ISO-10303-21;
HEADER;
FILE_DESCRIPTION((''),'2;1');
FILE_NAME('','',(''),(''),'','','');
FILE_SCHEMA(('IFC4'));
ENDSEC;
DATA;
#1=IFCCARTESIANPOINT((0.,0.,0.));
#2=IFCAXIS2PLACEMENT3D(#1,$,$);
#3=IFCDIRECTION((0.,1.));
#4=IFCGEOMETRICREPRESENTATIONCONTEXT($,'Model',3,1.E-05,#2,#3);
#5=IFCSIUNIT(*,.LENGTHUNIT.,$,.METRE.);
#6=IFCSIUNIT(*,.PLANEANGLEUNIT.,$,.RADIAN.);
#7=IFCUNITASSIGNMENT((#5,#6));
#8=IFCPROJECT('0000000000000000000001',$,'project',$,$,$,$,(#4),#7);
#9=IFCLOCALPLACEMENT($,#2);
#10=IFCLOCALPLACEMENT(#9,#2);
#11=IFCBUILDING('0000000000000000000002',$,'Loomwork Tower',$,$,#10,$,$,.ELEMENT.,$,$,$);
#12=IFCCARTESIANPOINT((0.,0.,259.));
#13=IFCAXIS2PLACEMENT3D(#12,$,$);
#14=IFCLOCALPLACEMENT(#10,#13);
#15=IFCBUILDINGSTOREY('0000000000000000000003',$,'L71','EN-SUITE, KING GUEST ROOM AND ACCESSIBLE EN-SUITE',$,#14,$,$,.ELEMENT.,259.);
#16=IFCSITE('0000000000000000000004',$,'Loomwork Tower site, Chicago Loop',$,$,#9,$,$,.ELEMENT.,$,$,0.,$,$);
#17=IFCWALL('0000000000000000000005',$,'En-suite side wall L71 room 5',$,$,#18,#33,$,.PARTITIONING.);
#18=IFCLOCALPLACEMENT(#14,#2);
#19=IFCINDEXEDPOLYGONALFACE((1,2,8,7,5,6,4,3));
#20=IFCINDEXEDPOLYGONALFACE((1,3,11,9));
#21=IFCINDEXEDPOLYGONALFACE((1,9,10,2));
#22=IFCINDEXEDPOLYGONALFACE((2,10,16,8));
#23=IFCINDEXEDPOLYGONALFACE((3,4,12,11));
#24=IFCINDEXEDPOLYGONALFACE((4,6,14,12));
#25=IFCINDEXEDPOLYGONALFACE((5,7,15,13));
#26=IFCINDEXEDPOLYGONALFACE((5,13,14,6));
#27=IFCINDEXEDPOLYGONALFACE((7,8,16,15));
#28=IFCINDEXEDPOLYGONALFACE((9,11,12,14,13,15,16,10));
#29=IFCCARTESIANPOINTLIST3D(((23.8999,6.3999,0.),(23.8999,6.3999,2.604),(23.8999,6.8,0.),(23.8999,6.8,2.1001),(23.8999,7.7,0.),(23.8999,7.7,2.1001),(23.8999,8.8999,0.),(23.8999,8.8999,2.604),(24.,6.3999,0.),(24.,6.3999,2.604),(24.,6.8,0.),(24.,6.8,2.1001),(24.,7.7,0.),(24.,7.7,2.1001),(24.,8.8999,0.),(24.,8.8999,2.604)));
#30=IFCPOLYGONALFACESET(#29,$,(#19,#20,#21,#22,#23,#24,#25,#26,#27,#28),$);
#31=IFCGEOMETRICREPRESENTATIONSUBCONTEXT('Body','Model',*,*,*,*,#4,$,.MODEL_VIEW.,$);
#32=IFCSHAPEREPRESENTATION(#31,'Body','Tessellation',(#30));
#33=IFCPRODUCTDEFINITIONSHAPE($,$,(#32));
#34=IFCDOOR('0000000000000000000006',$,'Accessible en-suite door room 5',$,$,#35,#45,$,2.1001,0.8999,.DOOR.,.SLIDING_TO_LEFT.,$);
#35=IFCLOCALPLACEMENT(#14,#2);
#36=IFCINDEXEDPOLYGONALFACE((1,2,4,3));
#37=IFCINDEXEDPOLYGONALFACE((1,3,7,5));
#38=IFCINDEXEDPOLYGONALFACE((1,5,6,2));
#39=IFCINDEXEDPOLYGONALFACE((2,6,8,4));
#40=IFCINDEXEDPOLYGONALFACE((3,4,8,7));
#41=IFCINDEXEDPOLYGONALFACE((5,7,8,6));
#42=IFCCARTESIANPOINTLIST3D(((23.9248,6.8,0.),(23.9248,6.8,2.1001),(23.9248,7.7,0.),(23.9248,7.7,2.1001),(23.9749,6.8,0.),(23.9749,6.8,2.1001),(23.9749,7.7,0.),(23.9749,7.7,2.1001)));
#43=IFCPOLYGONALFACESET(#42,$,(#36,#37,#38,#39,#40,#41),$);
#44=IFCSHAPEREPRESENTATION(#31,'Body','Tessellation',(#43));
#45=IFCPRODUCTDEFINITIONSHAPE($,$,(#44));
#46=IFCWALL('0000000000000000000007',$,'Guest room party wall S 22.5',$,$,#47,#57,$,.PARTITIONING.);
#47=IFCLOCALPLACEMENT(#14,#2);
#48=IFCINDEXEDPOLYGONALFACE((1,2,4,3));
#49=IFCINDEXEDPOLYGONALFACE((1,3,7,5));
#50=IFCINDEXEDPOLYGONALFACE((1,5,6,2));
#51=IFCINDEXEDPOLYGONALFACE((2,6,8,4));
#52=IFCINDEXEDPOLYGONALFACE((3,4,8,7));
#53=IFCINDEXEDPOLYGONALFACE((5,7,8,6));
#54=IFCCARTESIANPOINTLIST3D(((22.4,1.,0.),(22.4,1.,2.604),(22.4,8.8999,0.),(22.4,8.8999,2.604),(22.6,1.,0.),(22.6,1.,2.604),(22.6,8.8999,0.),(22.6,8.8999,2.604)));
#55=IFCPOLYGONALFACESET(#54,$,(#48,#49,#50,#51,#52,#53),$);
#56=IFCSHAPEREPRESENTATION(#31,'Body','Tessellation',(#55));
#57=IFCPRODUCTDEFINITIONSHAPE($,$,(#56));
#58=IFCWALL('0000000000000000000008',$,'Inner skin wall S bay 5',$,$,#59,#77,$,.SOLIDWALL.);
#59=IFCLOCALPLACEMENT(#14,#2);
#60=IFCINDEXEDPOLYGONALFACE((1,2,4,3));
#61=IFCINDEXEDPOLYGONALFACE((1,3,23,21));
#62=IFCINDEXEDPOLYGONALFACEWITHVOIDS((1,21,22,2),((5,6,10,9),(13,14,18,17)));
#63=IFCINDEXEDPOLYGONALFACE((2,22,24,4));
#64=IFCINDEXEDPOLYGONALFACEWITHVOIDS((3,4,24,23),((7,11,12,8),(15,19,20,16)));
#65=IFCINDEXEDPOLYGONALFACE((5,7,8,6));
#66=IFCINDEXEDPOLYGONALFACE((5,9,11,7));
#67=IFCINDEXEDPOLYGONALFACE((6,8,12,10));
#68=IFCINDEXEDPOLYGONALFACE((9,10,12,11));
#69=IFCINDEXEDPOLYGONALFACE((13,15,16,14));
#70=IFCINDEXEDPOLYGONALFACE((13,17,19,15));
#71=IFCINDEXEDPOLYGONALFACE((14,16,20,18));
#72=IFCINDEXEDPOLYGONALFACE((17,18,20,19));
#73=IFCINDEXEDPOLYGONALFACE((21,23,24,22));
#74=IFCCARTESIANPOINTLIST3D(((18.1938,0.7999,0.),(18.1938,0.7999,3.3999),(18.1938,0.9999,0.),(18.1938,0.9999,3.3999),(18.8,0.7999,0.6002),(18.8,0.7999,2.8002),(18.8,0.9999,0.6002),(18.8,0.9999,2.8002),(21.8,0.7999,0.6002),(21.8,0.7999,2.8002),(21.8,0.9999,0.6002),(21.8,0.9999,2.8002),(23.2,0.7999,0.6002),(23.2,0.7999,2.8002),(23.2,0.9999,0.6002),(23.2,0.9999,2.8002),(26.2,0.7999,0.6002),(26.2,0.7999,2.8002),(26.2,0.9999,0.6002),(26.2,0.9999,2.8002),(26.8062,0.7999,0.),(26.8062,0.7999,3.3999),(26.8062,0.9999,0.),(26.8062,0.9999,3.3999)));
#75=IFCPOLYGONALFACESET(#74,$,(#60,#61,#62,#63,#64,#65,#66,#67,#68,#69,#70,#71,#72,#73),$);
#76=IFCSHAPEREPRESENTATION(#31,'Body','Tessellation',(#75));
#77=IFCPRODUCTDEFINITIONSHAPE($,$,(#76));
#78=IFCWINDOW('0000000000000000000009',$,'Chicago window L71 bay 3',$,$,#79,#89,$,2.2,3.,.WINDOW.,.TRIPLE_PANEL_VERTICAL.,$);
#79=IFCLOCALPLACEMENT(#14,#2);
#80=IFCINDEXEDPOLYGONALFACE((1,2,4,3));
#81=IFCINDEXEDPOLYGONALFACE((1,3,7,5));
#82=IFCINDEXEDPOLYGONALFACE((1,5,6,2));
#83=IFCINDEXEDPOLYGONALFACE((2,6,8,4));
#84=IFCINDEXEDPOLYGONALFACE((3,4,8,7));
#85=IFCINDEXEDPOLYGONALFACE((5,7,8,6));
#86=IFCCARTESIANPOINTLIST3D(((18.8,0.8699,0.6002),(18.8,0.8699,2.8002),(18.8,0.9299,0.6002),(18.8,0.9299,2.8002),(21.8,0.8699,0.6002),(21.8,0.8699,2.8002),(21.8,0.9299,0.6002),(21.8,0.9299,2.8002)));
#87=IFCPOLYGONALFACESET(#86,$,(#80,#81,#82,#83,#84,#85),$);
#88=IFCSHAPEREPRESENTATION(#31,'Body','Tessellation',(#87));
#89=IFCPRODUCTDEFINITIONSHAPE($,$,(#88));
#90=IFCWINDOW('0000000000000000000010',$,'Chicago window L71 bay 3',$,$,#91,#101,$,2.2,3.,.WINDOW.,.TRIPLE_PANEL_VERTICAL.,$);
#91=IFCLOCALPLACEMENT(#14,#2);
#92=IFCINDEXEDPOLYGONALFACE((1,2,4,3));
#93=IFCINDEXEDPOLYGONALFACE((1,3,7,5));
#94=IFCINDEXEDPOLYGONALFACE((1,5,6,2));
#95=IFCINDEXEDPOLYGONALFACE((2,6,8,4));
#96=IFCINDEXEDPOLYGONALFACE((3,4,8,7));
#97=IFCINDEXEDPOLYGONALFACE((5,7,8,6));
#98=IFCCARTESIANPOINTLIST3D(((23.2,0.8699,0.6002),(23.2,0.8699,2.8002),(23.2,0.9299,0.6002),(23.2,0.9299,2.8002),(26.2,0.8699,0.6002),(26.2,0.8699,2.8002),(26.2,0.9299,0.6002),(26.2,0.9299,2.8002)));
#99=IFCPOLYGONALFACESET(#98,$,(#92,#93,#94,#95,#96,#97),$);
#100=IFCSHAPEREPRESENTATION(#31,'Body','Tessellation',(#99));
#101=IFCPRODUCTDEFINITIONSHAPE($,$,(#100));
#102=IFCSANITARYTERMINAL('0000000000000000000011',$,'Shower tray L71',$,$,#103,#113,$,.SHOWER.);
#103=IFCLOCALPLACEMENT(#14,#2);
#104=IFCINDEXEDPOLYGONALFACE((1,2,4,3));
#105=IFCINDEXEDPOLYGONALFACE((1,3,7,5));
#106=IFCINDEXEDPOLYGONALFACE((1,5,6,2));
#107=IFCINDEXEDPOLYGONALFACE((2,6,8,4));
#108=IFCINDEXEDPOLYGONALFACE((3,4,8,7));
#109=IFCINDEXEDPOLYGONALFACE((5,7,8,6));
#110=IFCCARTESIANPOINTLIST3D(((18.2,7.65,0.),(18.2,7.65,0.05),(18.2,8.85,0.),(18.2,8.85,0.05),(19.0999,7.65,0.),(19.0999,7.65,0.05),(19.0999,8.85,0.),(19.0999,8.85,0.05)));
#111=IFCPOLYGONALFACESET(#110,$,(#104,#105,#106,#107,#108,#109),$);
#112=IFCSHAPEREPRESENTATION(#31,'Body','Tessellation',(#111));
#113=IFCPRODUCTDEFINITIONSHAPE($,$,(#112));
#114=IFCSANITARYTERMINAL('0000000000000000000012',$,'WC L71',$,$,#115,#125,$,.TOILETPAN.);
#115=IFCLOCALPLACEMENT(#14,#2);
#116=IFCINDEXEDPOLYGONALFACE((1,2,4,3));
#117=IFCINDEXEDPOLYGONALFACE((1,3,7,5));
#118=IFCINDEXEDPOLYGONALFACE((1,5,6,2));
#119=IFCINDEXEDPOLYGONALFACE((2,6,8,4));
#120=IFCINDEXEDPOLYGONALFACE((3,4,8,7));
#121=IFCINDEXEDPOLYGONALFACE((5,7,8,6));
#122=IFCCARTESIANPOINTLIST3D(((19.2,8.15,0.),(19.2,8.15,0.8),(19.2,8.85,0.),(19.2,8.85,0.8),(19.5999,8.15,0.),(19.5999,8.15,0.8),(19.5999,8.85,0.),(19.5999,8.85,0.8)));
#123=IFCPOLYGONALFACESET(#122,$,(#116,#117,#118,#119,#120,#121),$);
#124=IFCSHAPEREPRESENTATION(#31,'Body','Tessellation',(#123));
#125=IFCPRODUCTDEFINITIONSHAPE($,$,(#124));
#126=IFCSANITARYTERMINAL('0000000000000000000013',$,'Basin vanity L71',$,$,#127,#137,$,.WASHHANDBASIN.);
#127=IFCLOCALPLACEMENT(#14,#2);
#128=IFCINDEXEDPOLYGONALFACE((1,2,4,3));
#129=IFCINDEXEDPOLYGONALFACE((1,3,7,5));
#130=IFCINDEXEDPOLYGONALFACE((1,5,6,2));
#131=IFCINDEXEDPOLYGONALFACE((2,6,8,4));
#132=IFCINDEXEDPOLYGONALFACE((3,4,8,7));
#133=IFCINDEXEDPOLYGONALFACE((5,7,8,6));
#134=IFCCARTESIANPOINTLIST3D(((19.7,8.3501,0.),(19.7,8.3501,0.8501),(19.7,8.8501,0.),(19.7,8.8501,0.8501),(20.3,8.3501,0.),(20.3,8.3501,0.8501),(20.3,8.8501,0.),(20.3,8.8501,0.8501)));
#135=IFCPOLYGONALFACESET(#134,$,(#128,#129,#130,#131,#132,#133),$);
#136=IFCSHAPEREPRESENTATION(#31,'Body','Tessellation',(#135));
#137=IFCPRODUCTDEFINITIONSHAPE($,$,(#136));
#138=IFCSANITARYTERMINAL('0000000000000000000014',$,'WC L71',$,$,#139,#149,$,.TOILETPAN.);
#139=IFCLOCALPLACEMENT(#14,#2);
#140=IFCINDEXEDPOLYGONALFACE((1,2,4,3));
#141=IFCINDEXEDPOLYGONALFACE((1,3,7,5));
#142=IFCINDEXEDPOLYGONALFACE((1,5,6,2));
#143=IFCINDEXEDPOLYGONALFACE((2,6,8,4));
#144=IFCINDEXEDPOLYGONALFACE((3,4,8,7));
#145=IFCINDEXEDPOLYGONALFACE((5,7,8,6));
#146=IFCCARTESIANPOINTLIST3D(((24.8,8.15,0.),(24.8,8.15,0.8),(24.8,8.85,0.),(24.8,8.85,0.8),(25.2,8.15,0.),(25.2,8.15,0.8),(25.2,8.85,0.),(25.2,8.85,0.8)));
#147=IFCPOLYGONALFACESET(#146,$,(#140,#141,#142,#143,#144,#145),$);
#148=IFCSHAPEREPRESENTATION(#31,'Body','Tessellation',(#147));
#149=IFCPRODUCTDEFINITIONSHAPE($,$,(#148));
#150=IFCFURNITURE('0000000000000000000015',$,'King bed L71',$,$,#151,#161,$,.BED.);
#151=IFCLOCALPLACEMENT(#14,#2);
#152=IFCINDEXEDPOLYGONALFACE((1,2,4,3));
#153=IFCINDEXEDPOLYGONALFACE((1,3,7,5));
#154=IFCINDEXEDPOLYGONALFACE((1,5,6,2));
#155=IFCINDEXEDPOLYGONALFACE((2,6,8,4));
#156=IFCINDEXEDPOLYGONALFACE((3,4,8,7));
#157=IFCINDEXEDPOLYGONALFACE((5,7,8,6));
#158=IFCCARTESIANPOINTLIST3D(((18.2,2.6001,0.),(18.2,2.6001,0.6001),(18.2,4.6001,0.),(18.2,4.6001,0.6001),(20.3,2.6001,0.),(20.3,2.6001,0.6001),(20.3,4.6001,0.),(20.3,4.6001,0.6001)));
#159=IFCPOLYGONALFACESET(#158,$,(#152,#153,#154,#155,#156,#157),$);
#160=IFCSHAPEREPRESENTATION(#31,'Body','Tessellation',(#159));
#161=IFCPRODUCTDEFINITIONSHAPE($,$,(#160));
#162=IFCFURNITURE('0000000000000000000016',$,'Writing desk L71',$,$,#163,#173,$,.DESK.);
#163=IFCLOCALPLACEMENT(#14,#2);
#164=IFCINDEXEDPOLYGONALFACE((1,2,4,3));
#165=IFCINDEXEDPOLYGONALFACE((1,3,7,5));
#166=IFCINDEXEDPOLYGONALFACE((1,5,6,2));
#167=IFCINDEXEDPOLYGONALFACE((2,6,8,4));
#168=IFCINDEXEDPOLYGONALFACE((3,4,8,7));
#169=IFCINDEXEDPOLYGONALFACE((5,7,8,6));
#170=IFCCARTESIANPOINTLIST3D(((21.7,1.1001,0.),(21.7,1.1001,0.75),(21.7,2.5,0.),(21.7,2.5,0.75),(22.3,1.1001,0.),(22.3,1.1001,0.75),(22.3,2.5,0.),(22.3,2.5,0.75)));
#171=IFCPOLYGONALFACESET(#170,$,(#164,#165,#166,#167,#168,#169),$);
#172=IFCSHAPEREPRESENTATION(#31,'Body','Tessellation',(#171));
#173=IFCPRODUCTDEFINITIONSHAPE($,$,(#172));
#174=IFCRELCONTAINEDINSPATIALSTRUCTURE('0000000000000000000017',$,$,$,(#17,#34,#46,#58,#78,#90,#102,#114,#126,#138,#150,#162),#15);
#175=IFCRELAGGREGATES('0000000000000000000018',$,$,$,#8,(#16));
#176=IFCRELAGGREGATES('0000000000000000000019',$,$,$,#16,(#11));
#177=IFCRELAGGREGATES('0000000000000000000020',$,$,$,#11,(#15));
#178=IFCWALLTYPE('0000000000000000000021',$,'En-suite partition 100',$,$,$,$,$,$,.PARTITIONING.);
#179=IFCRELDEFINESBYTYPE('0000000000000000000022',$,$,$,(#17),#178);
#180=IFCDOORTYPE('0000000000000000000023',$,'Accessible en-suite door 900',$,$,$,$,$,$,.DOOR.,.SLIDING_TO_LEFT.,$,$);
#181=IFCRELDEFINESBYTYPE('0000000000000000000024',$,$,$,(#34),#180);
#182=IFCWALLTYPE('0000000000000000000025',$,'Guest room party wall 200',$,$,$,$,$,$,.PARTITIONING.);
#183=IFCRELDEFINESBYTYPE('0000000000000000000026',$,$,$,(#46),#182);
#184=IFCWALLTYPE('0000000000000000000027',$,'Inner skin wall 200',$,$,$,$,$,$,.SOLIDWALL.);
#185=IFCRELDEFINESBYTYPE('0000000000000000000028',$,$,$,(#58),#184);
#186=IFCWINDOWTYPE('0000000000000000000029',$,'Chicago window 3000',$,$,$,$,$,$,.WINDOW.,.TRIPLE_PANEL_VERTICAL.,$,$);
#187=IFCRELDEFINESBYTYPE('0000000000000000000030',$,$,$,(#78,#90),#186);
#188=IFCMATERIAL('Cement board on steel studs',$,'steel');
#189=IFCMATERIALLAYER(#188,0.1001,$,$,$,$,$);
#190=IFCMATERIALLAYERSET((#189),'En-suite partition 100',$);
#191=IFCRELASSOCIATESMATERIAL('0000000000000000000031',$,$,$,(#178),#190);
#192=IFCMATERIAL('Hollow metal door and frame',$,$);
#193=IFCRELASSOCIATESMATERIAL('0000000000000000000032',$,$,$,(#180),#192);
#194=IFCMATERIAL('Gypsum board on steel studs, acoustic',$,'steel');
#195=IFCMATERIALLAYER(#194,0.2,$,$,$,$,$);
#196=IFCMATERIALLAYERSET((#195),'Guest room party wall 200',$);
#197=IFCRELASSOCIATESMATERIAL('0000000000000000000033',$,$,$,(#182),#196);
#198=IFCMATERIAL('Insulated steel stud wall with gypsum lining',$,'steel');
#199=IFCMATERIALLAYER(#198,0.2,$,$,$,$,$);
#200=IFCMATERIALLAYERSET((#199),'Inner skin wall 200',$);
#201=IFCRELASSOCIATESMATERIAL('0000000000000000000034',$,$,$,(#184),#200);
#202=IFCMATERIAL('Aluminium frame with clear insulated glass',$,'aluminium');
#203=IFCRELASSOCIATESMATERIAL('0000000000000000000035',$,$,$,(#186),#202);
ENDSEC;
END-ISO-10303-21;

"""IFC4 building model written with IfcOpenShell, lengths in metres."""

from ifc_helpers import new_model, si_unit, direction, frame, frame_2d, origin, origin_2d, place, context, subcontext, project, spatial, rectangle, extrude, material, layer, layer_set, type_object, element, fill, save


model = new_model("IFC4")

# Units and contexts
model_context = context("Model", 3, precision=1e-05, world=origin(), true_north=direction((0.0, 1.0)))
body_context = subcontext(model_context, "Body", "Model", "MODEL_VIEW")
ifc_project = project(units=[si_unit("LENGTHUNIT", "METRE"), si_unit("PLANEANGLEUNIT", "RADIAN")], contexts=[model_context])

# Site, building, storey
site_placement = place(None, origin())
site = spatial("IfcSite", under=ifc_project, at=site_placement, Name="Loomwork Tower site, Chicago Loop", CompositionType="ELEMENT", RefElevation=0.0)
building_placement = place(site_placement, origin())
building = spatial("IfcBuilding", under=site, at=building_placement, Name="Loomwork Tower", CompositionType="ELEMENT")
storey_placement = place(building_placement, frame((0.0, 0.0, 259.0)))
storey = spatial("IfcBuildingStorey", under=building, at=storey_placement, Name="L71", Description="EN-SUITE, KING GUEST ROOM AND ACCESSIBLE EN-SUITE", CompositionType="ELEMENT", Elevation=259.0)

# Shared definitions
ifc_material_1 = material(Name="Cement board on steel studs", Category="steel")
ifc_layer_1 = layer(ifc_material_1, 0.1001)
ifc_layer_set_1 = layer_set([ifc_layer_1], Name="En-suite partition 100")
wall_type_1 = type_object("IfcWallType", Name="En-suite partition 100", PredefinedType="PARTITIONING", material=ifc_layer_set_1)

# Wall, opening, door
wall_1_placement = place(storey_placement, frame((23.95, 8.8999, 0.0), z_axis=(0.0, 0.0, 1.0), x_axis=(0.0, -1.0, 0.0)))
wall_1 = element("IfcWall", 1, at=wall_1_placement, inside=storey, type_object=wall_type_1, Name="En-suite side wall L71 room 5", PredefinedType="PARTITIONING", context=body_context, shape_type="SweptSolid", body=[
    extrude(rectangle(XDim=2.5, YDim=0.1001, at=frame_2d((1.25, 0.0))), origin(), (0.0, 0.0, 1.0), 2.604),
])
opening_1_placement = place(wall_1_placement, frame((1.2, 0.0, 0.0)))
opening_1 = element("IfcOpeningElement", 2, at=opening_1_placement, cuts=wall_1, PredefinedType="OPENING", context=body_context, shape_type="SweptSolid", body=[
    extrude(rectangle(XDim=0.8999, YDim=2.1001, at=frame_2d((0.45, 1.05))), frame((0.0, 0.0601, 0.0), z_axis=(0.0, -1.0, 0.0), x_axis=(1.0, 0.0, 0.0)), (0.0, 0.0, 1.0), 0.1201),
])
ifc_material_2 = material(Name="Hollow metal door and frame")
door_type_1 = type_object("IfcDoorType", Name="Accessible en-suite door 900", OperationType="SLIDING_TO_LEFT", PredefinedType="DOOR", material=ifc_material_2)
door_1_placement = place(opening_1_placement, origin())
door_1 = element("IfcDoor", 3, at=door_1_placement, inside=storey, type_object=door_type_1, Name="Accessible en-suite door room 5", OperationType="SLIDING_TO_LEFT", OverallHeight=2.1001, OverallWidth=0.8999, PredefinedType="DOOR", context=body_context, shape_type="SweptSolid", body=[
    extrude(rectangle(XDim=0.8999, YDim=2.1001, at=frame_2d((0.45, 1.05))), frame((0.0, 0.0249, 0.0), z_axis=(0.0, -1.0, 0.0), x_axis=(1.0, 0.0, 0.0)), (0.0, 0.0, 1.0), 0.05),
])
fill(opening_1, door_1)

# Wall
ifc_material_3 = material(Name="Gypsum board on steel studs, acoustic", Category="steel")
ifc_layer_2 = layer(ifc_material_3, 0.2)
ifc_layer_set_2 = layer_set([ifc_layer_2], Name="Guest room party wall 200")
wall_type_2 = type_object("IfcWallType", Name="Guest room party wall 200", PredefinedType="PARTITIONING", material=ifc_layer_set_2)
wall_2_placement = place(storey_placement, frame((22.5, 8.8999, 0.0), z_axis=(0.0, 0.0, 1.0), x_axis=(0.0, -1.0, 0.0)))
element("IfcWall", 4, at=wall_2_placement, inside=storey, type_object=wall_type_2, Name="Guest room party wall S 22.5", PredefinedType="PARTITIONING", context=body_context, shape_type="SweptSolid", body=[
    extrude(rectangle(XDim=7.8999, YDim=0.2, at=frame_2d((3.95, 0.0))), origin(), (0.0, 0.0, 1.0), 2.604),
])

# Wall, openings, windows
ifc_material_4 = material(Name="Insulated steel stud wall with gypsum lining", Category="steel")
ifc_layer_3 = layer(ifc_material_4, 0.2)
ifc_layer_set_3 = layer_set([ifc_layer_3], Name="Inner skin wall 200")
wall_type_3 = type_object("IfcWallType", Name="Inner skin wall 200", PredefinedType="SOLIDWALL", material=ifc_layer_set_3)
wall_3_placement = place(storey_placement, frame((18.1938, 0.8999, 0.0), z_axis=(0.0, 0.0, 1.0), x_axis=(1.0, 0.0, 0.0)))
wall_3 = element("IfcWall", 5, at=wall_3_placement, inside=storey, type_object=wall_type_3, Name="Inner skin wall S bay 5", PredefinedType="SOLIDWALL", context=body_context, shape_type="SweptSolid", body=[
    extrude(rectangle(XDim=8.6123, YDim=0.2, at=frame_2d((4.3062, 0.0))), origin(), (0.0, 0.0, 1.0), 3.3999),
])
opening_2_placement = place(wall_3_placement, frame((0.6062, 0.0, 0.6001)))
opening_2 = element("IfcOpeningElement", 6, at=opening_2_placement, cuts=wall_3, PredefinedType="OPENING", context=body_context, shape_type="SweptSolid", body=[
    extrude(rectangle(XDim=3.0, YDim=2.2, at=frame_2d((1.5, 1.1001))), frame((0.0, 0.1099, 0.0), z_axis=(0.0, -1.0, 0.0), x_axis=(1.0, 0.0, 0.0)), (0.0, 0.0, 1.0), 0.22),
])
opening_3_placement = place(wall_3_placement, frame((5.0061, 0.0, 0.6001)))
opening_3 = element("IfcOpeningElement", 7, at=opening_3_placement, cuts=wall_3, PredefinedType="OPENING", context=body_context, shape_type="SweptSolid", body=[
    extrude(rectangle(XDim=3.0, YDim=2.2, at=frame_2d((1.5, 1.1001))), frame((0.0, 0.1099, 0.0), z_axis=(0.0, -1.0, 0.0), x_axis=(1.0, 0.0, 0.0)), (0.0, 0.0, 1.0), 0.22),
])
ifc_material_5 = material(Name="Aluminium frame with clear insulated glass", Category="aluminium")
window_type = type_object("IfcWindowType", Name="Chicago window 3000", PartitioningType="TRIPLE_PANEL_VERTICAL", PredefinedType="WINDOW", material=ifc_material_5)
window_1_placement = place(opening_2_placement, origin())
window_1 = element("IfcWindow", 8, at=window_1_placement, inside=storey, type_object=window_type, Name="Chicago window L71 bay 3", OverallHeight=2.2, OverallWidth=3.0, PartitioningType="TRIPLE_PANEL_VERTICAL", PredefinedType="WINDOW", context=body_context, shape_type="SweptSolid", body=[
    extrude(rectangle(XDim=3.0, YDim=2.2, at=frame_2d((1.5, 1.1001))), frame((0.0, 0.03, 0.0), z_axis=(0.0, -1.0, 0.0), x_axis=(1.0, 0.0, 0.0)), (0.0, 0.0, 1.0), 0.0601),
])
fill(opening_2, window_1)
window_2_placement = place(opening_3_placement, origin())
window_2 = element("IfcWindow", 9, at=window_2_placement, inside=storey, type_object=window_type, Name="Chicago window L71 bay 3", OverallHeight=2.2, OverallWidth=3.0, PartitioningType="TRIPLE_PANEL_VERTICAL", PredefinedType="WINDOW", context=body_context, shape_type="SweptSolid", body=[
    extrude(rectangle(XDim=3.0, YDim=2.2, at=frame_2d((1.5, 1.1001))), frame((0.0, 0.03, 0.0), z_axis=(0.0, -1.0, 0.0), x_axis=(1.0, 0.0, 0.0)), (0.0, 0.0, 1.0), 0.0601),
])
fill(opening_3, window_2)

# Sanitary terminals
sanitary_terminal_1_placement = place(storey_placement, frame((18.6499, 8.25, 0.0), z_axis=(0.0, 0.0, 1.0), x_axis=(1.0, 0.0, 0.0)))
element("IfcSanitaryTerminal", 10, at=sanitary_terminal_1_placement, inside=storey, Name="Shower tray L71", PredefinedType="SHOWER", context=body_context, shape_type="SweptSolid", body=[
    extrude(rectangle(XDim=0.8999, YDim=1.2, at=origin_2d()), origin(), (0.0, 0.0, 1.0), 0.05),
])
sanitary_terminal_2_placement = place(storey_placement, frame((19.3999, 8.5, 0.0), z_axis=(0.0, 0.0, 1.0), x_axis=(1.0, 0.0, 0.0)))
element("IfcSanitaryTerminal", 11, at=sanitary_terminal_2_placement, inside=storey, Name="WC L71", PredefinedType="TOILETPAN", context=body_context, shape_type="SweptSolid", body=[
    extrude(rectangle(XDim=0.3999, YDim=0.7, at=origin_2d()), origin(), (0.0, 0.0, 1.0), 0.8),
])
sanitary_terminal_3_placement = place(storey_placement, frame((20.0, 8.6001, 0.0), z_axis=(0.0, 0.0, 1.0), x_axis=(1.0, 0.0, 0.0)))
element("IfcSanitaryTerminal", 12, at=sanitary_terminal_3_placement, inside=storey, Name="Basin vanity L71", PredefinedType="WASHHANDBASIN", context=body_context, shape_type="SweptSolid", body=[
    extrude(rectangle(XDim=0.6001, YDim=0.5, at=origin_2d()), origin(), (0.0, 0.0, 1.0), 0.8501),
])
sanitary_terminal_4_placement = place(storey_placement, frame((25.0, 8.5, 0.0), z_axis=(0.0, 0.0, 1.0), x_axis=(1.0, 0.0, 0.0)))
element("IfcSanitaryTerminal", 13, at=sanitary_terminal_4_placement, inside=storey, Name="WC L71", PredefinedType="TOILETPAN", context=body_context, shape_type="SweptSolid", body=[
    extrude(rectangle(XDim=0.3999, YDim=0.7, at=origin_2d()), origin(), (0.0, 0.0, 1.0), 0.8),
])

# Furniture
furniture_1_placement = place(storey_placement, frame((19.25, 3.6001, 0.0), z_axis=(0.0, 0.0, 1.0), x_axis=(1.0, 0.0, 0.0)))
element("IfcFurniture", 14, at=furniture_1_placement, inside=storey, Name="King bed L71", PredefinedType="BED", context=body_context, shape_type="SweptSolid", body=[
    extrude(rectangle(XDim=2.1001, YDim=2.0, at=origin_2d()), origin(), (0.0, 0.0, 1.0), 0.6001),
])
furniture_2_placement = place(storey_placement, frame((22.0, 1.8, 0.0), z_axis=(0.0, 0.0, 1.0), x_axis=(1.0, 0.0, 0.0)))
element("IfcFurniture", 15, at=furniture_2_placement, inside=storey, Name="Writing desk L71", PredefinedType="DESK", context=body_context, shape_type="SweptSolid", body=[
    extrude(rectangle(XDim=0.6001, YDim=1.3999, at=origin_2d()), origin(), (0.0, 0.0, 1.0), 0.75),
])

save(model, "model.ifc")
